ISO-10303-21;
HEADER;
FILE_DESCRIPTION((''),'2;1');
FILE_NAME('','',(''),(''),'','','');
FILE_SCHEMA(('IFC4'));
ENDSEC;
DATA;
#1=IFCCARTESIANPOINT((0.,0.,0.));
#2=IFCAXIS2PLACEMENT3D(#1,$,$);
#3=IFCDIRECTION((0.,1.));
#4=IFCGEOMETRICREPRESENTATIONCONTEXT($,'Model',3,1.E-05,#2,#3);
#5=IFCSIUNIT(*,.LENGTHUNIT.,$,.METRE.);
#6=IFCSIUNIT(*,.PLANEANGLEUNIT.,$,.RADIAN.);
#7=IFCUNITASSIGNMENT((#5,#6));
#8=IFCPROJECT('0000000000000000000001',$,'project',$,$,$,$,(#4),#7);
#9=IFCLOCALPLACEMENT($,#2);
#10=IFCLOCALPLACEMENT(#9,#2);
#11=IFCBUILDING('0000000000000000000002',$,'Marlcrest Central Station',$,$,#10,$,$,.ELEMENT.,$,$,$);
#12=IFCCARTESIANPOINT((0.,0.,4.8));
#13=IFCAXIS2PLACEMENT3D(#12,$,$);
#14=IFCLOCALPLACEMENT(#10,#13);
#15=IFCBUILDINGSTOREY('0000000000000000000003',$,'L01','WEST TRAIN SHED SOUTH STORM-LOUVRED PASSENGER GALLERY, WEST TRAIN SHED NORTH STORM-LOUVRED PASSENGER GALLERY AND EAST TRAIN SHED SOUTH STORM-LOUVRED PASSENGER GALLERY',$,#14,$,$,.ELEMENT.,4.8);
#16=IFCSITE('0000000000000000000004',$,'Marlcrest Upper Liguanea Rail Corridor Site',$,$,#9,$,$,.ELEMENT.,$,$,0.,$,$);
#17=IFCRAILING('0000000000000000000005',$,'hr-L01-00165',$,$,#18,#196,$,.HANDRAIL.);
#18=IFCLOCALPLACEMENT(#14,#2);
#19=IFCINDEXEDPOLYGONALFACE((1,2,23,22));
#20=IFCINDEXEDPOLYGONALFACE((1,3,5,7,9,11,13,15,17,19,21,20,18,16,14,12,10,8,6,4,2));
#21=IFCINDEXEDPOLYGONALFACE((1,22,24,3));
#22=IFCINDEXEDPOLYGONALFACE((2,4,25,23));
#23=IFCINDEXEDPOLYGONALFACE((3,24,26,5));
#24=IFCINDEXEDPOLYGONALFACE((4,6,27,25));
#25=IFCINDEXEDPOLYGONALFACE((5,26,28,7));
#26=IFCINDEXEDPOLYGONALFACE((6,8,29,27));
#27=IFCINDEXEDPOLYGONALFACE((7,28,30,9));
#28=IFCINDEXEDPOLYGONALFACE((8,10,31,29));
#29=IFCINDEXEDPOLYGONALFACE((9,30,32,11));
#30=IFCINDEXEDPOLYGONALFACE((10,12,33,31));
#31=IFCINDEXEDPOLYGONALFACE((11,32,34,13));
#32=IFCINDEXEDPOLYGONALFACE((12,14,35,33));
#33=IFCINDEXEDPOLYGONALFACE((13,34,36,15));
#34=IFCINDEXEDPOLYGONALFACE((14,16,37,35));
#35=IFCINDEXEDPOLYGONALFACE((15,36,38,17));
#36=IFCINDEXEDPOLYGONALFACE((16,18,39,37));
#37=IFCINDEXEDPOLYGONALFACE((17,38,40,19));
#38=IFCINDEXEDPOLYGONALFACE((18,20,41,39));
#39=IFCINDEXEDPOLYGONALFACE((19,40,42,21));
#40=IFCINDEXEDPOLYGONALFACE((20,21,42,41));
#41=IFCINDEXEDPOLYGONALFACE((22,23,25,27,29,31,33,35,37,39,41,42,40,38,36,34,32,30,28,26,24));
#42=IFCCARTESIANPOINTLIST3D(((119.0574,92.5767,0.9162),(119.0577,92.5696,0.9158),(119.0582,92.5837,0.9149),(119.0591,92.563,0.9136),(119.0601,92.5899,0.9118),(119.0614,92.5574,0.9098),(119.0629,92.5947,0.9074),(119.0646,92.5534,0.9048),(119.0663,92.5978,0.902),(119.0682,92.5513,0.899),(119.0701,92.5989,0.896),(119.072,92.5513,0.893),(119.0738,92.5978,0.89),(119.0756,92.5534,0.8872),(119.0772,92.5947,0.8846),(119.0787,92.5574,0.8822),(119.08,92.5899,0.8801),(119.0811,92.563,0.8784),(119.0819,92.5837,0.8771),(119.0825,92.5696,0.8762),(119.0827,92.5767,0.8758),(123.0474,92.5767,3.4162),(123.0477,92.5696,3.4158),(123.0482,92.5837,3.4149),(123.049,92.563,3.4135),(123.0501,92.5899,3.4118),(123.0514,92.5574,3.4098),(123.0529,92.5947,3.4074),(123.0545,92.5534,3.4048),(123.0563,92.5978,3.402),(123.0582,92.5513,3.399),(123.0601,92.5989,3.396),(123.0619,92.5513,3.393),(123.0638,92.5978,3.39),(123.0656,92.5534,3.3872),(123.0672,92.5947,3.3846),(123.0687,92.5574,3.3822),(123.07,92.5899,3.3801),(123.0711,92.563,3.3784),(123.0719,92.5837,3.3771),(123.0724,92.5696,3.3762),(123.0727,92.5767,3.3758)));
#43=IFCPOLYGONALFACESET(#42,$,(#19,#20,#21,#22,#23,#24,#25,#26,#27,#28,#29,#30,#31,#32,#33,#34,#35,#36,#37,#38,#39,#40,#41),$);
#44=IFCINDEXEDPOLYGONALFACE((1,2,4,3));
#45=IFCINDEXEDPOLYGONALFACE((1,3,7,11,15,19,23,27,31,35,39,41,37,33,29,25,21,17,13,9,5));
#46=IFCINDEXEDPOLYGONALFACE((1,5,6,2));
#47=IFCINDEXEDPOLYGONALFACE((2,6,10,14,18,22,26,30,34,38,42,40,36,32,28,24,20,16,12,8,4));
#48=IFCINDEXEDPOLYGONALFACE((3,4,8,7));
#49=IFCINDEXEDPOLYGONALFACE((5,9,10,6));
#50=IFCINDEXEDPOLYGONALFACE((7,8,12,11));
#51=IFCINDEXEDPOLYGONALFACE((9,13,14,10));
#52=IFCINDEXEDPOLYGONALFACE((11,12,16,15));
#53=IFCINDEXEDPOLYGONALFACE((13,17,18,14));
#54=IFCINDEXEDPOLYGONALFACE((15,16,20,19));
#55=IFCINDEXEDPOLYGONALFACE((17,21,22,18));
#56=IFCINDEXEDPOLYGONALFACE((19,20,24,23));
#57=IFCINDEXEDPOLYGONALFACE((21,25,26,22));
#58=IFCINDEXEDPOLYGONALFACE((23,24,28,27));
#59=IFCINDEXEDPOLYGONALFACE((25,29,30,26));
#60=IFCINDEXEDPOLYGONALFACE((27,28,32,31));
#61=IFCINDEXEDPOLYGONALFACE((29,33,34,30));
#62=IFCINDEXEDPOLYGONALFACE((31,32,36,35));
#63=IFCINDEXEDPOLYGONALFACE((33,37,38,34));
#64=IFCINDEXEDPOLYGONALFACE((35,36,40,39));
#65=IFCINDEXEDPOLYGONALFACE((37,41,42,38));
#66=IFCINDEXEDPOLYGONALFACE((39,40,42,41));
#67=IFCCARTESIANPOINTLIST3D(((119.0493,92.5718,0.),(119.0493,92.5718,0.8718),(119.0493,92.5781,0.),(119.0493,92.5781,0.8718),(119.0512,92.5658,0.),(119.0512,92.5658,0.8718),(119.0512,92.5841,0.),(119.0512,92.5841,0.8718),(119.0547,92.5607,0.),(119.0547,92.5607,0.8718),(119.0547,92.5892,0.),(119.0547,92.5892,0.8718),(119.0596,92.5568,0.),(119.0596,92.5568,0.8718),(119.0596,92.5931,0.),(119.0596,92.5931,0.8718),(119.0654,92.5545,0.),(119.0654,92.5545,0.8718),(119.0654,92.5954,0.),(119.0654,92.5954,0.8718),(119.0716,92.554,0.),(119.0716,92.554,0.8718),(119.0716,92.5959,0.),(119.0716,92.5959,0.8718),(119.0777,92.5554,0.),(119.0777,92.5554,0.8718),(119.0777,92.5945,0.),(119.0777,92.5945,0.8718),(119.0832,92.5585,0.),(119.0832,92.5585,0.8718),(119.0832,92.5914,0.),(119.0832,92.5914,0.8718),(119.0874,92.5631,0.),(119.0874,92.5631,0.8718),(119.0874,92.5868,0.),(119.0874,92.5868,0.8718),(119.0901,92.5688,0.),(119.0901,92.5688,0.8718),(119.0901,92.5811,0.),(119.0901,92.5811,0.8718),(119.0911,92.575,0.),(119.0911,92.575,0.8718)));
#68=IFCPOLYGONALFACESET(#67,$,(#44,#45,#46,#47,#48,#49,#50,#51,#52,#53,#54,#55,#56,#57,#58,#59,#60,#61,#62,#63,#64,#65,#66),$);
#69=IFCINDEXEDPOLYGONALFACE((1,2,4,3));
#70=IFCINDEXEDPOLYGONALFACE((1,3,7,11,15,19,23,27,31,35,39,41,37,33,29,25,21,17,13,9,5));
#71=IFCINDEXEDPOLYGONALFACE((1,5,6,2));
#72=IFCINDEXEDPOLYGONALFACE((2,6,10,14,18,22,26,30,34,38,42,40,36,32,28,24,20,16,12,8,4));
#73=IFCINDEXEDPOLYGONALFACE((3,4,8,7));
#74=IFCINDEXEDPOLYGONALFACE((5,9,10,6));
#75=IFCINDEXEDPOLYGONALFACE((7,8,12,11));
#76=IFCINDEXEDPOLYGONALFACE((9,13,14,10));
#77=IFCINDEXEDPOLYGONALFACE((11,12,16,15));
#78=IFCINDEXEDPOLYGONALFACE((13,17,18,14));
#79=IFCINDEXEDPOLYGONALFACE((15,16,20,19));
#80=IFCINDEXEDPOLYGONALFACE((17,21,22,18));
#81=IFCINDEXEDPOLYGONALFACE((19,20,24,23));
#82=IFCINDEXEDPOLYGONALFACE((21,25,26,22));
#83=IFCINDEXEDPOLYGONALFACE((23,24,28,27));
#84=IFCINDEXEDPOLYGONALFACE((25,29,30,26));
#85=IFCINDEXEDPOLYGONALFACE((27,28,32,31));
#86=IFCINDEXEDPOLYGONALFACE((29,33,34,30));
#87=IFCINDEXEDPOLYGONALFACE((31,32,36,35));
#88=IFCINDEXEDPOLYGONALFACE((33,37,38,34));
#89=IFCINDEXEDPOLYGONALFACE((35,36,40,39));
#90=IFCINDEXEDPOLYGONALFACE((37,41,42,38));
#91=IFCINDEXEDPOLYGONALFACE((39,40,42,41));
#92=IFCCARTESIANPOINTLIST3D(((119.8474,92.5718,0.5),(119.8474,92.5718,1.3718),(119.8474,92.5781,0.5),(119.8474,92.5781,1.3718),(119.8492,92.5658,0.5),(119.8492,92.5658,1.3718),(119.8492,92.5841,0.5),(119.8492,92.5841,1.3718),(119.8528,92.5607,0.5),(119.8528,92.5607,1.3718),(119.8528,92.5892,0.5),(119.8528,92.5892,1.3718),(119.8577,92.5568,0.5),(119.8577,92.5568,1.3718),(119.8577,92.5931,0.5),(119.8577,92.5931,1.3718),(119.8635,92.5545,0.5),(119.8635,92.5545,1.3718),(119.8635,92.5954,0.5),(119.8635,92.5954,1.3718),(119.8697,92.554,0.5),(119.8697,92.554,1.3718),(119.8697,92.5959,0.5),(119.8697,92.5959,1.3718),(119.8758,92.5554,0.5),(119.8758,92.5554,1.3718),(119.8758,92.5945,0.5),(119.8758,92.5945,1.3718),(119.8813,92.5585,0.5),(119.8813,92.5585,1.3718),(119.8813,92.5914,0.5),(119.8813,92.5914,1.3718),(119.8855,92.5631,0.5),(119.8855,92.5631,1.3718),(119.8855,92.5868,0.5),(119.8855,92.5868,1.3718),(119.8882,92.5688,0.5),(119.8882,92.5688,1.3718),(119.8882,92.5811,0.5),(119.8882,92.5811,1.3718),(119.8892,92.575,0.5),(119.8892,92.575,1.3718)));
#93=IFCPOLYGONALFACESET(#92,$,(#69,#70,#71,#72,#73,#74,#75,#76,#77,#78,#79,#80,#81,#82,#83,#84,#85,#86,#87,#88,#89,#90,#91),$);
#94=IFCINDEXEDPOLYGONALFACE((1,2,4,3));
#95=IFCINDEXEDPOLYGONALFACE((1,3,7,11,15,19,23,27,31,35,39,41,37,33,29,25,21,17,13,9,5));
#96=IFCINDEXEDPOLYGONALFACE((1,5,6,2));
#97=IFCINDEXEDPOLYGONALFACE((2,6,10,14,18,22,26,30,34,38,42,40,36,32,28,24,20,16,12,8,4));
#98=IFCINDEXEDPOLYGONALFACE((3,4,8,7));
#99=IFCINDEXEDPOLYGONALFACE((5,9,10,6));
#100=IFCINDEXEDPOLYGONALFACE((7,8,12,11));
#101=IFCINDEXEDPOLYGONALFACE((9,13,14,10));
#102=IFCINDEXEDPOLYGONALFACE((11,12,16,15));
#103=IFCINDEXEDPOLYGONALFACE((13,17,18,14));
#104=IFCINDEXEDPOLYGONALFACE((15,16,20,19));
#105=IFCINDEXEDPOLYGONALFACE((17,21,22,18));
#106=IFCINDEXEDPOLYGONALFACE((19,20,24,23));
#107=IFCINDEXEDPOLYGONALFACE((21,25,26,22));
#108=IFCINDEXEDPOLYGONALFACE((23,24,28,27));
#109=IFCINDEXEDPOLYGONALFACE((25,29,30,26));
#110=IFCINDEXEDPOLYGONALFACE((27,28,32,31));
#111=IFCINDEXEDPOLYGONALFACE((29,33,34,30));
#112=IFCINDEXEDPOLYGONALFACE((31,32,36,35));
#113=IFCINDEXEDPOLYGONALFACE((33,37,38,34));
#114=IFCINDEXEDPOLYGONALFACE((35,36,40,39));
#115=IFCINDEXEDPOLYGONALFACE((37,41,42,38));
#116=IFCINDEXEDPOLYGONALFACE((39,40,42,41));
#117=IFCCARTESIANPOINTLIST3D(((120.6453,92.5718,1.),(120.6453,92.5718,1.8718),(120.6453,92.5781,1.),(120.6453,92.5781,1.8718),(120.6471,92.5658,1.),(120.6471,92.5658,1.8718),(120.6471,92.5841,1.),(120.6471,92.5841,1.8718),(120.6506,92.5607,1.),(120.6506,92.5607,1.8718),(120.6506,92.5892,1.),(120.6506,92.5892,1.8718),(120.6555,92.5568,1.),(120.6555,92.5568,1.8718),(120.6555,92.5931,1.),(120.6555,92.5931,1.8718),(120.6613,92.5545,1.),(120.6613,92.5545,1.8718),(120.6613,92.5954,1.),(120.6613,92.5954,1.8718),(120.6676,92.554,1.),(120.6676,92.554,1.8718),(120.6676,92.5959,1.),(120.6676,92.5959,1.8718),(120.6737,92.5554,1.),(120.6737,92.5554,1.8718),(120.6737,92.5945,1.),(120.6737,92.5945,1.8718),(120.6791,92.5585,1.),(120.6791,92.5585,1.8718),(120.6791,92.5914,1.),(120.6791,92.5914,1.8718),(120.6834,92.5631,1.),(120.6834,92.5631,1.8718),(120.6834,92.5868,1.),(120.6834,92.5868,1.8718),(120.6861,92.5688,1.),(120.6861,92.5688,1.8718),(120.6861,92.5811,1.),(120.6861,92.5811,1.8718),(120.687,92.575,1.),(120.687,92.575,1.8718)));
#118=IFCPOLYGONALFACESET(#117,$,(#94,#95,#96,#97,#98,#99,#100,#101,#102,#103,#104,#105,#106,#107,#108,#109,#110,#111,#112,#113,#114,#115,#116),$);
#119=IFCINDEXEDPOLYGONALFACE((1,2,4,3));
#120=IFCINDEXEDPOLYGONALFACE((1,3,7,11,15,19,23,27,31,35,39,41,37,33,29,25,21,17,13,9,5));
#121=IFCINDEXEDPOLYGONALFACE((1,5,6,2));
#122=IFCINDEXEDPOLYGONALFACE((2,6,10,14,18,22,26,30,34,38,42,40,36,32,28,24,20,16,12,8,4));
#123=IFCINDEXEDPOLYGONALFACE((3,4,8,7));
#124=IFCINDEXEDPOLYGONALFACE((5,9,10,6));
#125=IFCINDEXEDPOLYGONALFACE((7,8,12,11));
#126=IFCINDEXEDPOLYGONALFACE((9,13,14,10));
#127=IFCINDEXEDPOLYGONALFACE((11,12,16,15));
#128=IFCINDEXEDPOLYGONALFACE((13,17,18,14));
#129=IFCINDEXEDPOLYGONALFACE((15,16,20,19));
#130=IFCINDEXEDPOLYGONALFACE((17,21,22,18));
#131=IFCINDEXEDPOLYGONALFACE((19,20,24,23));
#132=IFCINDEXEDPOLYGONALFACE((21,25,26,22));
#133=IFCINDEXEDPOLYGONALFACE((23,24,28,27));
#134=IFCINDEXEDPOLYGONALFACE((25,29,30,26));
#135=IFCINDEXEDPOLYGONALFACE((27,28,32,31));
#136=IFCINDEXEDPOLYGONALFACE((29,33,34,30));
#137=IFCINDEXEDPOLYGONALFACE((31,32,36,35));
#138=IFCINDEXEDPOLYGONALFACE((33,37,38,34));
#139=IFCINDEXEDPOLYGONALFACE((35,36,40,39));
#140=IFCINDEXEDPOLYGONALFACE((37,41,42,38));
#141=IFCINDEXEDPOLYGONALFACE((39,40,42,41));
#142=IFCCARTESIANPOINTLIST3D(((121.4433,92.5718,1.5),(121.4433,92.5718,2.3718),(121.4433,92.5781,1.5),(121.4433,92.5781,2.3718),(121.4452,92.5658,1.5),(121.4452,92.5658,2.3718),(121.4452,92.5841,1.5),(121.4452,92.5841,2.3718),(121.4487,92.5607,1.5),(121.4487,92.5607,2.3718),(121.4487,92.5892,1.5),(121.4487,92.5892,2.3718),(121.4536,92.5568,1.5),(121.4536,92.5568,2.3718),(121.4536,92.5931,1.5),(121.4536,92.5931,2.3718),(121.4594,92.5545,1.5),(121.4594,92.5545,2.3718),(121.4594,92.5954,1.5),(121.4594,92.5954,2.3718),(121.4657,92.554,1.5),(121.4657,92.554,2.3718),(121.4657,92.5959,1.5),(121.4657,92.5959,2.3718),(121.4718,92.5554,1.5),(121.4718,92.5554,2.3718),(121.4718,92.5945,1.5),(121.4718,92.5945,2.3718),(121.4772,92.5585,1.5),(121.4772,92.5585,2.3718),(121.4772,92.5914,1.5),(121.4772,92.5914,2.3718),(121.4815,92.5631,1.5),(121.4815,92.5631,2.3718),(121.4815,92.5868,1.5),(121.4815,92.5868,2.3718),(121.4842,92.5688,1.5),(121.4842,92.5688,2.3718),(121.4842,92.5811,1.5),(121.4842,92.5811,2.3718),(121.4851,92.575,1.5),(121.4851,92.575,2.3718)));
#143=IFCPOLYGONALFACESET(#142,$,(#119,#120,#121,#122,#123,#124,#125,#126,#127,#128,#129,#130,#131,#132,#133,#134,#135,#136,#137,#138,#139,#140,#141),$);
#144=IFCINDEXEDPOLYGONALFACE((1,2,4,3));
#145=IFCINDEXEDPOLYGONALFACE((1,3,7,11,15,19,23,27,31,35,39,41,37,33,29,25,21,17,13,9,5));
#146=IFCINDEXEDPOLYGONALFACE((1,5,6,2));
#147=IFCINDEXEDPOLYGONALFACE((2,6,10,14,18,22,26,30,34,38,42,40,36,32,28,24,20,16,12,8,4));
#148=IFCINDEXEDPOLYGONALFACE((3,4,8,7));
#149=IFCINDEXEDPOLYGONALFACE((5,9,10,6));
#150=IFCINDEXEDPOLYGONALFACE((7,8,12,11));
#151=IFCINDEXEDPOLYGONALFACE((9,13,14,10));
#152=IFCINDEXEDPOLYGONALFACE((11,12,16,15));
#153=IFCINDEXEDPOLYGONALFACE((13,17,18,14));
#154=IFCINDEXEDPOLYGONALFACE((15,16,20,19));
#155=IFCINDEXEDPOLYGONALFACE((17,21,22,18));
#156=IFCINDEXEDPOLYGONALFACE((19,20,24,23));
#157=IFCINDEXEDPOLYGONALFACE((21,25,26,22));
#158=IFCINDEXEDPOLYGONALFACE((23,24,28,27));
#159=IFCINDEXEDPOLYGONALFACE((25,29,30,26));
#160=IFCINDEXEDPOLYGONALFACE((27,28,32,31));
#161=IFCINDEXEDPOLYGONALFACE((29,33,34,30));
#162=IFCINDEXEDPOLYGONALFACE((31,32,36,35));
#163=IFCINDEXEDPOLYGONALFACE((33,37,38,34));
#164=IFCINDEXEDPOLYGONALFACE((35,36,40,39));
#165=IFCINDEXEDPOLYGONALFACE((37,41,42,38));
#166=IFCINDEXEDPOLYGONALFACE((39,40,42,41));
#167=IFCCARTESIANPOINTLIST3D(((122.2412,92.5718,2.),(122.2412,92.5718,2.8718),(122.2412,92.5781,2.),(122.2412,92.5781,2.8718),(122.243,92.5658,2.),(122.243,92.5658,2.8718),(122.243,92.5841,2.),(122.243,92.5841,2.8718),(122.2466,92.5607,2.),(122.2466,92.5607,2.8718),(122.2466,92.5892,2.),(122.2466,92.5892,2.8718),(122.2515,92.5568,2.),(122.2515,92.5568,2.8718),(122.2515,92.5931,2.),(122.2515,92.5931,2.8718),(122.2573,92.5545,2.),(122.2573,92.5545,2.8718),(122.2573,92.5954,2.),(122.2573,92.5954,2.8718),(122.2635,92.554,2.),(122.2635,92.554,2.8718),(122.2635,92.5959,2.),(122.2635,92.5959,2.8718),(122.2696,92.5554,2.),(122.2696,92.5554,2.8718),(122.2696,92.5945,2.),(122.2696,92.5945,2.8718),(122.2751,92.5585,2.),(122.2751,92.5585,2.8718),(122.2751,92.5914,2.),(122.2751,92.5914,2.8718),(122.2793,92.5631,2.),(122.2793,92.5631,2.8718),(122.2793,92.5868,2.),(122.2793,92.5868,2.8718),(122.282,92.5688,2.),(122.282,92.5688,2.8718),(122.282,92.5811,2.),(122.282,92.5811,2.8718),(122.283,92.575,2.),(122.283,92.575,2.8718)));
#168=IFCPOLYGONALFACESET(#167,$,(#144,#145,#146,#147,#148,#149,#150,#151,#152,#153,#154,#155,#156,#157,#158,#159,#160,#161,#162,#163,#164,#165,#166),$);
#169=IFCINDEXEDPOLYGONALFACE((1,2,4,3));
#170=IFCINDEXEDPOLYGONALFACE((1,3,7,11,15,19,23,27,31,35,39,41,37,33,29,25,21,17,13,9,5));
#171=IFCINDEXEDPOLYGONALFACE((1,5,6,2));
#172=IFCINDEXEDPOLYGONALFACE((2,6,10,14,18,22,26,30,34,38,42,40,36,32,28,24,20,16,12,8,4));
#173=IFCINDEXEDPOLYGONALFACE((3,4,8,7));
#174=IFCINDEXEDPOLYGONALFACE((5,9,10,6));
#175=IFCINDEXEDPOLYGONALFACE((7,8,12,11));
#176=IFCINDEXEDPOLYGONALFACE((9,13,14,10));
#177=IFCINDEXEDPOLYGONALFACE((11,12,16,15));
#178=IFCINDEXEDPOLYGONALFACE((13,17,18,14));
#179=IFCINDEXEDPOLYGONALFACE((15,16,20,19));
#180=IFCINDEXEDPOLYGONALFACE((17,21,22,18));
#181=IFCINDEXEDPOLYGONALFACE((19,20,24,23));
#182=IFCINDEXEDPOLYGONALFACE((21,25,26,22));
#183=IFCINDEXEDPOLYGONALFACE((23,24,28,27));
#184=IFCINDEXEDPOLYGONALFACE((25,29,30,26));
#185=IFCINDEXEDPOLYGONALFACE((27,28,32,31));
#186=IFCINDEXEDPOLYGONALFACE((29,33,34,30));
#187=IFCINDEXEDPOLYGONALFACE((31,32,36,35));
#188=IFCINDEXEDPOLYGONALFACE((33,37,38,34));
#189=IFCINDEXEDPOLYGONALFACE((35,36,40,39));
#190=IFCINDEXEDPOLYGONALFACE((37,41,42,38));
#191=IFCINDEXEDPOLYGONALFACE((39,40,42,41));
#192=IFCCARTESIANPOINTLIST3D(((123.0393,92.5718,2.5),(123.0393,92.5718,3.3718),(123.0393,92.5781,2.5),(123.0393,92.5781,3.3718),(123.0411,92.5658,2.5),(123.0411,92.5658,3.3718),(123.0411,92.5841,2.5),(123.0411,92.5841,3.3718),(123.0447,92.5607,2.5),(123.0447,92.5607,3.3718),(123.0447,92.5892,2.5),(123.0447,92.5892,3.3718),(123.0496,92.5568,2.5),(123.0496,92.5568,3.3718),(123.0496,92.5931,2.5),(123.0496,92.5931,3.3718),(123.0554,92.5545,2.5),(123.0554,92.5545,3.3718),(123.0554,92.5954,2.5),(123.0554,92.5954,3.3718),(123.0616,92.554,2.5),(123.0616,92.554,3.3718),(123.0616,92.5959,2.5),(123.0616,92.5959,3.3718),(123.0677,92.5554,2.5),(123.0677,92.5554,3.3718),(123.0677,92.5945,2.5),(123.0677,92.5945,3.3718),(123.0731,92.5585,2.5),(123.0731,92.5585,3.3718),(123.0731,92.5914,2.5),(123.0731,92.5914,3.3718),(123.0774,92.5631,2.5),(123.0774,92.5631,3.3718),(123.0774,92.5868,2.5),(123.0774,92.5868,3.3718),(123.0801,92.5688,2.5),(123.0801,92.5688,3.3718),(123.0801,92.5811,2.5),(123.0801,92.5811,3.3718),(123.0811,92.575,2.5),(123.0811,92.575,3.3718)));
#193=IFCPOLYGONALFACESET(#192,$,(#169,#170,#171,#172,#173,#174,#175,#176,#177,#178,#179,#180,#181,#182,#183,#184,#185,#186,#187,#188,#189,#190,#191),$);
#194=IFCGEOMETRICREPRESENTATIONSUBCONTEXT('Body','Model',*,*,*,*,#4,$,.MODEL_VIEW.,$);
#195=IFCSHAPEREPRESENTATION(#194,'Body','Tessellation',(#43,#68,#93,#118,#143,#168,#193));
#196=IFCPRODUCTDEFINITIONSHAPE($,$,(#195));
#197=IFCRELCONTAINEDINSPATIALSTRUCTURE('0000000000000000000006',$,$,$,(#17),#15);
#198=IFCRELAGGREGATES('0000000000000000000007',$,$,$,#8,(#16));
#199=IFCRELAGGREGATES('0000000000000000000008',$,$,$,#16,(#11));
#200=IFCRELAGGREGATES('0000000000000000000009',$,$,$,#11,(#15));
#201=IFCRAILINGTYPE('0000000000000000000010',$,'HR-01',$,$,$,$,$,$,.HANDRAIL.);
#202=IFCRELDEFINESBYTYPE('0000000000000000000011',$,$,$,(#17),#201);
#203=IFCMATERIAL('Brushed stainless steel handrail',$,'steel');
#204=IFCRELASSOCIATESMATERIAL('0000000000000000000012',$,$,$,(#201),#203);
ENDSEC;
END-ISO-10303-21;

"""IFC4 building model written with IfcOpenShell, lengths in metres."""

from ifc_helpers import new_model, si_unit, direction, frame, origin, origin_2d, place, context, subcontext, project, spatial, circle, extrude, material, type_object, element, save


model = new_model("IFC4")

# Units and contexts
model_context = context("Model", 3, precision=1e-05, world=origin(), true_north=direction((0.0, 1.0)))
body_context = subcontext(model_context, "Body", "Model", "MODEL_VIEW")
ifc_project = project(units=[si_unit("LENGTHUNIT", "METRE"), si_unit("PLANEANGLEUNIT", "RADIAN")], contexts=[model_context])

# Site, building, storey
site_placement = place(None, origin())
site = spatial("IfcSite", under=ifc_project, at=site_placement, Name="Marlcrest Upper Liguanea Rail Corridor Site", CompositionType="ELEMENT", RefElevation=0.0)
building_placement = place(site_placement, origin())
building = spatial("IfcBuilding", under=site, at=building_placement, Name="Marlcrest Central Station", CompositionType="ELEMENT")
storey_placement = place(building_placement, frame((0.0, 0.0, 4.8)))
storey = spatial("IfcBuildingStorey", under=building, at=storey_placement, Name="L01", Description="WEST TRAIN SHED SOUTH STORM-LOUVRED PASSENGER GALLERY, WEST TRAIN SHED NORTH STORM-LOUVRED PASSENGER GALLERY AND EAST TRAIN SHED SOUTH STORM-LOUVRED PASSENGER GALLERY", CompositionType="ELEMENT", Elevation=4.8)

# Railing
ifc_material_1 = material(Name="Brushed stainless steel handrail", Category="steel")
railing_type_1 = type_object("IfcRailingType", Name="HR-01", PredefinedType="HANDRAIL", material=ifc_material_1)
railing_1_placement = place(storey_placement, frame((119.0701, 92.575, 0.0)))
element("IfcRailing", 1, at=railing_1_placement, inside=storey, type_object=railing_type_1, Name="hr-L01-00165", PredefinedType="HANDRAIL", context=body_context, shape_type="SweptSolid", body=[
    extrude(circle(Radius=0.0239, at=origin_2d()), frame((0.0, 0.0, 0.896), z_axis=(0.847401, 0.0, 0.530954), x_axis=(0.0, 1.0, 0.0)), (0.0, 0.0, 1.0), 4.7085),
    extrude(circle(Radius=0.021, at=origin_2d()), origin(), (0.0, 0.0, 1.0), 0.8718),
    extrude(circle(Radius=0.021, at=origin_2d()), frame((0.7981, 0.0, 0.5)), (0.0, 0.0, 1.0), 0.8718),
    extrude(circle(Radius=0.021, at=origin_2d()), frame((1.5959, 0.0, 1.0)), (0.0, 0.0, 1.0), 0.8718),
    extrude(circle(Radius=0.021, at=origin_2d()), frame((2.394, 0.0, 1.5)), (0.0, 0.0, 1.0), 0.8718),
    extrude(circle(Radius=0.021, at=origin_2d()), frame((3.1919, 0.0, 2.0)), (0.0, 0.0, 1.0), 0.8718),
    extrude(circle(Radius=0.021, at=origin_2d()), frame((3.99, 0.0, 2.5)), (0.0, 0.0, 1.0), 0.8718),
])

save(model, "model.ifc")
